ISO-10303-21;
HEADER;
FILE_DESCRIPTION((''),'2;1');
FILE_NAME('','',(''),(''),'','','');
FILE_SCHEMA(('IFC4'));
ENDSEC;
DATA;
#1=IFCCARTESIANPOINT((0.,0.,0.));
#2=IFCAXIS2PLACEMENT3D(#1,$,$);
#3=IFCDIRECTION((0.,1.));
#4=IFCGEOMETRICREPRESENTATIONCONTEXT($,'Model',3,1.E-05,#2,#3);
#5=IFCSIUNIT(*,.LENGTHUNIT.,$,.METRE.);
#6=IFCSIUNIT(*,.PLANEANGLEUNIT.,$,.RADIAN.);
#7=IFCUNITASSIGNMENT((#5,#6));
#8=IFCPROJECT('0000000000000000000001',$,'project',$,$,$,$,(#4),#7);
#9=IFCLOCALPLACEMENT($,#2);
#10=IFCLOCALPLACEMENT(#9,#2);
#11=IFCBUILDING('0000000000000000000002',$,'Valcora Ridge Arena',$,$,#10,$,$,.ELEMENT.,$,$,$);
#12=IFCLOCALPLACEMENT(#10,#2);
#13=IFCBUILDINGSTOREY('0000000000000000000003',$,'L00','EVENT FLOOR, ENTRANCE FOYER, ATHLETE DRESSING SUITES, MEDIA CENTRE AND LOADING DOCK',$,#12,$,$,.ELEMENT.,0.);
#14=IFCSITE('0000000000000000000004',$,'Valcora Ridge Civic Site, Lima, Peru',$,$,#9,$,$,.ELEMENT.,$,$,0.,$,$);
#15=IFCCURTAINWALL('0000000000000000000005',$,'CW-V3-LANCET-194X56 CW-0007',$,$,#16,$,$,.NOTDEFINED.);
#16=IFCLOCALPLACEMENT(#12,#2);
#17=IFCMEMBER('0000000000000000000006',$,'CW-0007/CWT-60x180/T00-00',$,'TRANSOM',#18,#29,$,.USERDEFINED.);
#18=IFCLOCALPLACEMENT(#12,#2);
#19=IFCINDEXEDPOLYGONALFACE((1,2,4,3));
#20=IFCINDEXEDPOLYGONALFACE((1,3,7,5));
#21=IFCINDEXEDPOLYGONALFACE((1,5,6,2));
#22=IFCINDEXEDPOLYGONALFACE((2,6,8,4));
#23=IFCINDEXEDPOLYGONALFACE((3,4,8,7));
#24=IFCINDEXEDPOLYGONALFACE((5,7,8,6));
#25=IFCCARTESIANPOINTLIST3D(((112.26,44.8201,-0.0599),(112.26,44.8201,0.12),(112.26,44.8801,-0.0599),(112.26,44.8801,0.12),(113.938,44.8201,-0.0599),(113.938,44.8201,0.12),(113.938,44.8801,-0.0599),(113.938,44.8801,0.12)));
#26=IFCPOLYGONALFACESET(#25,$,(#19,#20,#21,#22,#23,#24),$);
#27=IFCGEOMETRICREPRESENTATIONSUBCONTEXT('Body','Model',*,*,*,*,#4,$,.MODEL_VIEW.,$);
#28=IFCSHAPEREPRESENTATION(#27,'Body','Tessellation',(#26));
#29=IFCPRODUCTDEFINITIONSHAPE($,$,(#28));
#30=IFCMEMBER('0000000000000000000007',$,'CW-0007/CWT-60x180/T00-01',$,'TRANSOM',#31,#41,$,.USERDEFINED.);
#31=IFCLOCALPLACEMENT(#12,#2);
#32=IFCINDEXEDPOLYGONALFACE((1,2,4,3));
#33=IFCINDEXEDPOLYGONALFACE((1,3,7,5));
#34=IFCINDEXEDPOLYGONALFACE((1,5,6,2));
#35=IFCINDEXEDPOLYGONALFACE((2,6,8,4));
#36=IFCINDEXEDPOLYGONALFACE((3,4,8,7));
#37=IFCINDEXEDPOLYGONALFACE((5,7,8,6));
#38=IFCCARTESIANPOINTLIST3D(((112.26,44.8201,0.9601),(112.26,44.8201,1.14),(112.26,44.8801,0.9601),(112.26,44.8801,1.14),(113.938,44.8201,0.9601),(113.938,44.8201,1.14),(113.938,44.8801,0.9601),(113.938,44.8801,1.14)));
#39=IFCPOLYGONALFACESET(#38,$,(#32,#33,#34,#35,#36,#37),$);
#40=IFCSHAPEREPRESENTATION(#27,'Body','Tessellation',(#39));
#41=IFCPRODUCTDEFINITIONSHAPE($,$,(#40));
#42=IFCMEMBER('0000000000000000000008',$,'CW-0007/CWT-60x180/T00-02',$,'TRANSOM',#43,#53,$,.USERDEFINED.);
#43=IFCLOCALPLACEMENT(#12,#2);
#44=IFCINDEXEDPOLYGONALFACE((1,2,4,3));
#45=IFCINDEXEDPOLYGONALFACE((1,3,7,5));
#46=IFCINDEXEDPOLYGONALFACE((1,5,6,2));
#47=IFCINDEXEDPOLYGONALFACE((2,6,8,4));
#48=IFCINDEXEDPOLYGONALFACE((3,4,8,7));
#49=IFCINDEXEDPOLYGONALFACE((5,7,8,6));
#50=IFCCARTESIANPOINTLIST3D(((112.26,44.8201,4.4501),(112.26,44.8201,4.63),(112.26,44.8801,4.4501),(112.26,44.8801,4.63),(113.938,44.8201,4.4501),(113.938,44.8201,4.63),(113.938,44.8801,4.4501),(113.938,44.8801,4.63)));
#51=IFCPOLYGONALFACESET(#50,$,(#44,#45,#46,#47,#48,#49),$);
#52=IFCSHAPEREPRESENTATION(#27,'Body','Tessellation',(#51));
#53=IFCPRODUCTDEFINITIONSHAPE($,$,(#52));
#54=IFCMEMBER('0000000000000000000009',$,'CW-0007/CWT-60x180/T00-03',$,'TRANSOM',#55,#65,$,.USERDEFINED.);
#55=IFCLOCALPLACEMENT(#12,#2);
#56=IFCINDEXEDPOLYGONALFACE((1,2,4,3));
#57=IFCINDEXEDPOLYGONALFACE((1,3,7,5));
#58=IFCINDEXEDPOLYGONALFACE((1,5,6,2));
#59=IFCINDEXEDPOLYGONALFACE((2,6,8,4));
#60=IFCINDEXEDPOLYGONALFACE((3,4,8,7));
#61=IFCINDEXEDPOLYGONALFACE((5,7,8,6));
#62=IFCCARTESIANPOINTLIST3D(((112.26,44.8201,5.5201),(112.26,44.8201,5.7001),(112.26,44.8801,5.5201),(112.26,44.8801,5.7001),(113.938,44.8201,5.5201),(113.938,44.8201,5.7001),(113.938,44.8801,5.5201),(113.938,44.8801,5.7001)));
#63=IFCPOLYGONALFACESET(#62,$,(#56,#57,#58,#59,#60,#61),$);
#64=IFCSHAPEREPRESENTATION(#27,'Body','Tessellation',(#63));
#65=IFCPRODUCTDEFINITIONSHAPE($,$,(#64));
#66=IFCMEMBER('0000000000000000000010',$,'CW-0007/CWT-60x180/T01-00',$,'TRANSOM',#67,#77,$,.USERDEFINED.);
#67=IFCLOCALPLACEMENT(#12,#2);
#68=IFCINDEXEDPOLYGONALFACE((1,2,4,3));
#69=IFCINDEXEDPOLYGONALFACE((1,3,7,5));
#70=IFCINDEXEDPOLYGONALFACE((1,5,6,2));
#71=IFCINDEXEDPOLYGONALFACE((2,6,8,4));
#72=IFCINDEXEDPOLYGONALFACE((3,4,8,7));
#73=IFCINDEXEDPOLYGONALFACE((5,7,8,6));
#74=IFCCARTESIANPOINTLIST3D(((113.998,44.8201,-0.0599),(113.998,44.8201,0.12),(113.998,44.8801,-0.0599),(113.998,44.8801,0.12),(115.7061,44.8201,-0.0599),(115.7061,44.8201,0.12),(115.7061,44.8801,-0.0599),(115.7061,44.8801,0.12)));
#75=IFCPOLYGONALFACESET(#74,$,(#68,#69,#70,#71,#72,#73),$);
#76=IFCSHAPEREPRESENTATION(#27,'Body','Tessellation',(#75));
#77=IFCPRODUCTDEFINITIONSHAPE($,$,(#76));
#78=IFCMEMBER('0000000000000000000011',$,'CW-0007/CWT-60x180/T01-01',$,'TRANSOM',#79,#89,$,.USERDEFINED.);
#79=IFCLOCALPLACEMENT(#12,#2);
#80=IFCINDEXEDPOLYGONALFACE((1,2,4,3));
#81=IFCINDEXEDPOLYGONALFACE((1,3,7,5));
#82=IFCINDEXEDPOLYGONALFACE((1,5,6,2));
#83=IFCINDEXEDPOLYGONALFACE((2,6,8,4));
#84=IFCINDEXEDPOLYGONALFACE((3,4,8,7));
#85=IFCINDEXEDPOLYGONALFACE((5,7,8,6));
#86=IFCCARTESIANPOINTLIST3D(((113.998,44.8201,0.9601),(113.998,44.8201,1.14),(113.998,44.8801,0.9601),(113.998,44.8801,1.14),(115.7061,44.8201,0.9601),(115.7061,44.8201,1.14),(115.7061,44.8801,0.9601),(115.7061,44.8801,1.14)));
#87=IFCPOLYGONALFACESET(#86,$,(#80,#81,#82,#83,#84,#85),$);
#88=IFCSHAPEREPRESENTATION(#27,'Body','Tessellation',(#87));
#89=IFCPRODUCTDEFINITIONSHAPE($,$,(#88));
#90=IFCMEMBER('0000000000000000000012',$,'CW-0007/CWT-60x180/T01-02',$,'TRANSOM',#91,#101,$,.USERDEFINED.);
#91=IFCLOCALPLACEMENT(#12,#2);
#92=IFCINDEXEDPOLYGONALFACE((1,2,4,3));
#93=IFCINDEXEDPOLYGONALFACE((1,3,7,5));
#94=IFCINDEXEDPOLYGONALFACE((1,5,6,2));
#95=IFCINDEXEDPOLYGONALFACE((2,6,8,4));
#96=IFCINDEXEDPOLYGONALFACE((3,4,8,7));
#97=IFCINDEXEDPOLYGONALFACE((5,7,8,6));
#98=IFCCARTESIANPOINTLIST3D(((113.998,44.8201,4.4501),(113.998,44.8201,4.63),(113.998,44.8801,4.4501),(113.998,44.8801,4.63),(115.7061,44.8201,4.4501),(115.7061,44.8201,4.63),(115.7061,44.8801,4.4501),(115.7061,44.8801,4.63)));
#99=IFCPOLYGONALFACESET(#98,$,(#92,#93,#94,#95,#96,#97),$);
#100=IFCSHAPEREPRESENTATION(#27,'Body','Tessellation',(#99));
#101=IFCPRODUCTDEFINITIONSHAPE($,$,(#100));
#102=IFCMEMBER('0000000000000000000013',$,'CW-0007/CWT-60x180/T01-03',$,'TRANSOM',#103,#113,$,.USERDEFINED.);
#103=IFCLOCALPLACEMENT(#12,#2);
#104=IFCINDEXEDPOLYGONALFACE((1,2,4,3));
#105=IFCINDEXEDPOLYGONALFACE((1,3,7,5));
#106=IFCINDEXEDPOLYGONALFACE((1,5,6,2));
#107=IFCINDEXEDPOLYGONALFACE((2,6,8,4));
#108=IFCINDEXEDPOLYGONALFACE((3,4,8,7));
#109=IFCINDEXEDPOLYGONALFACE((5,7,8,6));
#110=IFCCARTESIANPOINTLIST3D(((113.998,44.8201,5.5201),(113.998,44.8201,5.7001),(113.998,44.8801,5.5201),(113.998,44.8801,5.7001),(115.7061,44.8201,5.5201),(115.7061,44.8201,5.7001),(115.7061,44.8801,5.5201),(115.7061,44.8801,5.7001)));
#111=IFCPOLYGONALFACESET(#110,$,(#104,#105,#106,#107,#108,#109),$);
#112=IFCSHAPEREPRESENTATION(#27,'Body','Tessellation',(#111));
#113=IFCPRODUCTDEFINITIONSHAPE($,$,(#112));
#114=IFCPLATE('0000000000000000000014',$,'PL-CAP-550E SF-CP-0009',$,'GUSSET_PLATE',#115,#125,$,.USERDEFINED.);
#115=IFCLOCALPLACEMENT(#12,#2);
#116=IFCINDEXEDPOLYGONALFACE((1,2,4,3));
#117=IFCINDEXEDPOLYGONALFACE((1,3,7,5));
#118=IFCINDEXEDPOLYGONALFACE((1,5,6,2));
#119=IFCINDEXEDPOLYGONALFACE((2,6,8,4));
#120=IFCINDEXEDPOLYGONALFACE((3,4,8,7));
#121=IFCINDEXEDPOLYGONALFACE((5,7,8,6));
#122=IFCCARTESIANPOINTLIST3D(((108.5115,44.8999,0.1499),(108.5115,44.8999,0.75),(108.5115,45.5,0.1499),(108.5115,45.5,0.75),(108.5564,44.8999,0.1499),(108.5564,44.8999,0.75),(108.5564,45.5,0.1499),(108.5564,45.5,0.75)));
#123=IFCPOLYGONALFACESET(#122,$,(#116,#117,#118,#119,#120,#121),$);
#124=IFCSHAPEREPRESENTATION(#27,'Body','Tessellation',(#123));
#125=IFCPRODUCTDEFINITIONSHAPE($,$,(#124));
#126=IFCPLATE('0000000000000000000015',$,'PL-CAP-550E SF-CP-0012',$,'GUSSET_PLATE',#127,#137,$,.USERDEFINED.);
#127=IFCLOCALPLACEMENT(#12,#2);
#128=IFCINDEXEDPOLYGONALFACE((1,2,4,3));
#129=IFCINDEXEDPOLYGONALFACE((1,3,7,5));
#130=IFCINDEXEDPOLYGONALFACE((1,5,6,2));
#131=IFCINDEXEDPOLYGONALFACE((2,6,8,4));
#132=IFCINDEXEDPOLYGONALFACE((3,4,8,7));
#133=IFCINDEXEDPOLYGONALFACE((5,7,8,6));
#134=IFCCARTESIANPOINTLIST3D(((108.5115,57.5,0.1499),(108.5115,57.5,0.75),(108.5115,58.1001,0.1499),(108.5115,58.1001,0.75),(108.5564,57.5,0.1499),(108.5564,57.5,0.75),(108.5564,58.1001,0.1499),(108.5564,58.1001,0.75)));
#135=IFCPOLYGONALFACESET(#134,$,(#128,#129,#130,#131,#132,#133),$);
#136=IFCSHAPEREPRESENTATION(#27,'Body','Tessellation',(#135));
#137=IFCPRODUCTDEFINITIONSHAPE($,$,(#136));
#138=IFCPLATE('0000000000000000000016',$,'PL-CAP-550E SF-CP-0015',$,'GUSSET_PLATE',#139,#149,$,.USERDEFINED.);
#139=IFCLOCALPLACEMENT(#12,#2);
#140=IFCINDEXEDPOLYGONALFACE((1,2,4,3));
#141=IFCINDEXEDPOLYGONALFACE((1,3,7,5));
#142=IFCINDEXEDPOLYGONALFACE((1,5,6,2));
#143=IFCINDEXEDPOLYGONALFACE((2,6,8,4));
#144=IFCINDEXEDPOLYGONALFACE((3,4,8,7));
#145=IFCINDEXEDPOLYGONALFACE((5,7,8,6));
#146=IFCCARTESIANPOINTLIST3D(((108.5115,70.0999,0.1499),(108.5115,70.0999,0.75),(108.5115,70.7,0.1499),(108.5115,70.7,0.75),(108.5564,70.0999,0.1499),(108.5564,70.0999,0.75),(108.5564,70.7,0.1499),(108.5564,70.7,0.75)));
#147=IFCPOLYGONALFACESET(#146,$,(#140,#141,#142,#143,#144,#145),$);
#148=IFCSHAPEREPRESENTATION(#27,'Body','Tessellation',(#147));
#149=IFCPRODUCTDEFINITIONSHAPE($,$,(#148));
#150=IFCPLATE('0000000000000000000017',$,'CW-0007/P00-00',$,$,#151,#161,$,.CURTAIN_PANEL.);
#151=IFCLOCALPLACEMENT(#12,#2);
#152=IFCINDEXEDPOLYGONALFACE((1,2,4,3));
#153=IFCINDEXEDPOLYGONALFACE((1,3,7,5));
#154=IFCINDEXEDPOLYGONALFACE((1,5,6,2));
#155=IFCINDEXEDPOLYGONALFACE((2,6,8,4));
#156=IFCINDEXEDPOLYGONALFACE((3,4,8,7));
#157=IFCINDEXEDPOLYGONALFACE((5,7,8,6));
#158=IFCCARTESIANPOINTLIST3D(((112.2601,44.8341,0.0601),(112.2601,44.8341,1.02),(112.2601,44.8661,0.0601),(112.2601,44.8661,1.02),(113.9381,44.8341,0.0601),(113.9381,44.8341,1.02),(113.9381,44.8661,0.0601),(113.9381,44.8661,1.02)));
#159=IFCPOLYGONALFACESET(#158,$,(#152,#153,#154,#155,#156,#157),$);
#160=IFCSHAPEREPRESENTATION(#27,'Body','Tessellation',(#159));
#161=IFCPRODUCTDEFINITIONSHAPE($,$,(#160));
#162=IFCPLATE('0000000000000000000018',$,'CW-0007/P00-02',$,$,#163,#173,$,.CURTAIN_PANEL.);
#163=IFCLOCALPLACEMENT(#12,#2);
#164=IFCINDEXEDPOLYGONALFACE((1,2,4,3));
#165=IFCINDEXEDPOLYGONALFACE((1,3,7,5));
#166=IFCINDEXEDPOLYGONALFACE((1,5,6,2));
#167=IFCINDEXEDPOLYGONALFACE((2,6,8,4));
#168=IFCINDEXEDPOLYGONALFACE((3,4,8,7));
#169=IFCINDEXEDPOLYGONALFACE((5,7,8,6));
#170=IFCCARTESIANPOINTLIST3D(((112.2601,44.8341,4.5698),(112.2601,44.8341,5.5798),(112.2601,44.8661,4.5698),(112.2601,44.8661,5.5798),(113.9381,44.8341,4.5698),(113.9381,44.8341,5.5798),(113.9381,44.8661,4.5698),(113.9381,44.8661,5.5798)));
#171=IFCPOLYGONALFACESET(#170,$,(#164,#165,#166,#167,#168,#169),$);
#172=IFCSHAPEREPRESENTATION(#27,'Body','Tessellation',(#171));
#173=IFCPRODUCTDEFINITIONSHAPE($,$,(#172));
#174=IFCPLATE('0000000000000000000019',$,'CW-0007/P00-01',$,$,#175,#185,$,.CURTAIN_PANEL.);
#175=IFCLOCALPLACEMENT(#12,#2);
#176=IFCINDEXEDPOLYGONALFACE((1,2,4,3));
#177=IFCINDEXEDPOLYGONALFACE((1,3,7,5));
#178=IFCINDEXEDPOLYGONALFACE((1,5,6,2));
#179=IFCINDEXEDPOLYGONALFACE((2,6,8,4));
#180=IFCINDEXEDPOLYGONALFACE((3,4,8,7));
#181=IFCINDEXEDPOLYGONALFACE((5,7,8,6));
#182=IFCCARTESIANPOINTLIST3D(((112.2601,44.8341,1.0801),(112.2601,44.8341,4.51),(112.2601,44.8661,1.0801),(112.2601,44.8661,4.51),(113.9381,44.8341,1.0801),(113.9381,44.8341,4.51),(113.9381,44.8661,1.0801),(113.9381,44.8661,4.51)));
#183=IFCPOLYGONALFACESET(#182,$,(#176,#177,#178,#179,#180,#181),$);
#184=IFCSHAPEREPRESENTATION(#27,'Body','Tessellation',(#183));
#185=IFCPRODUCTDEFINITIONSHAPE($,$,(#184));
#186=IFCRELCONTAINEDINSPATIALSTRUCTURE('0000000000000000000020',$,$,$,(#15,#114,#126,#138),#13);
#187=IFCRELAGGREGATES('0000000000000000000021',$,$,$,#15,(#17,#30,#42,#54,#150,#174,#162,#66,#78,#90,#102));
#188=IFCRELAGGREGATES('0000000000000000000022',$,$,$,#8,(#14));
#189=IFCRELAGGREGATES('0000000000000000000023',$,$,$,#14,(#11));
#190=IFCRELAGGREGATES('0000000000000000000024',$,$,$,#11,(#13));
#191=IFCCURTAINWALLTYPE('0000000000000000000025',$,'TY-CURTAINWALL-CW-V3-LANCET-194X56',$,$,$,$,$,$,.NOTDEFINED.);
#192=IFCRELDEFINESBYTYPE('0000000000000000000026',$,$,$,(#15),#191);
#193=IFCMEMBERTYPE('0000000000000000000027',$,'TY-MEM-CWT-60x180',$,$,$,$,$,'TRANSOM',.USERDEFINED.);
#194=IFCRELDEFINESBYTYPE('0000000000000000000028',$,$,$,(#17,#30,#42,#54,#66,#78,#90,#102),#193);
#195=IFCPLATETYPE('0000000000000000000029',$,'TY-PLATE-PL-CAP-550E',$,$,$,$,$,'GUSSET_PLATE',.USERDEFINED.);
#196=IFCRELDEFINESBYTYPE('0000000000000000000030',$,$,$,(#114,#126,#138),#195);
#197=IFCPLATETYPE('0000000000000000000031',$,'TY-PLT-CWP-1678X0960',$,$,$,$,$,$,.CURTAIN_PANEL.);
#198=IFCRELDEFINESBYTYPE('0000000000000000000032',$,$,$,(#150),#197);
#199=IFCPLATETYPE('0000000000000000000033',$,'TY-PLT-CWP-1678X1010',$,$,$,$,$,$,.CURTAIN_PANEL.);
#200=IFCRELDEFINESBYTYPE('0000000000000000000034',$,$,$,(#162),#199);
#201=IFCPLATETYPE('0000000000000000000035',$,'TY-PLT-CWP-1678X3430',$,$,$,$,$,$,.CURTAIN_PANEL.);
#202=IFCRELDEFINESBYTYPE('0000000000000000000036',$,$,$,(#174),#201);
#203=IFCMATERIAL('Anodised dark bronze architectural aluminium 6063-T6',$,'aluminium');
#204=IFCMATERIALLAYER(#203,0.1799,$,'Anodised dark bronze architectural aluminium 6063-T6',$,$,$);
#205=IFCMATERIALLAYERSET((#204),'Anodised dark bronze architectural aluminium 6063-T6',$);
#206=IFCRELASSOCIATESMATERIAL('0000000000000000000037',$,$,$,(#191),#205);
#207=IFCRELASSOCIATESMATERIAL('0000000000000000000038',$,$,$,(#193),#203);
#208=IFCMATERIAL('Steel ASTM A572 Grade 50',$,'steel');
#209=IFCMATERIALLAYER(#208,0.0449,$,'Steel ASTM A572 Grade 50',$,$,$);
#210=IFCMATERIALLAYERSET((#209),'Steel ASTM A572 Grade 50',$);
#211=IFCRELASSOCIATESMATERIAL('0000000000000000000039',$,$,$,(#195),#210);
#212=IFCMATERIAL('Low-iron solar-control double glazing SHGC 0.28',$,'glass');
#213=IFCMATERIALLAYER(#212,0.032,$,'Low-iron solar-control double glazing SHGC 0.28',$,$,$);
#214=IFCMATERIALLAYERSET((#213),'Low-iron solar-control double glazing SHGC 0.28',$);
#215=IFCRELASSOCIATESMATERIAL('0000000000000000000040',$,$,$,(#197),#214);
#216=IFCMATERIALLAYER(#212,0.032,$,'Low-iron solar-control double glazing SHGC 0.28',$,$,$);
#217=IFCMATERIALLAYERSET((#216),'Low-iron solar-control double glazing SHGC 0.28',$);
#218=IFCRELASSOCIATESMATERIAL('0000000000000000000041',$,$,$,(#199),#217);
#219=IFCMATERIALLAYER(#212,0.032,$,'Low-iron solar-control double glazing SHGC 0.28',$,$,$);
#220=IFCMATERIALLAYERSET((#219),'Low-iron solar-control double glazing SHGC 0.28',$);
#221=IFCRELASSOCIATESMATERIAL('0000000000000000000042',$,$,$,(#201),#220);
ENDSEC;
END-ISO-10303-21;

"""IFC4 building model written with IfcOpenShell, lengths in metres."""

from ifc_helpers import new_model, si_unit, direction, frame, origin, origin_2d, place, context, subcontext, project, spatial, rectangle, extrude, material, layer, layer_set, material_profile, profile_set, type_object, element, aggregate, save


model = new_model("IFC4")

# Units and contexts
model_context = context("Model", 3, precision=1e-05, world=origin(), true_north=direction((0.0, 1.0)))
body_context = subcontext(model_context, "Body", "Model", "MODEL_VIEW")
ifc_project = project(units=[si_unit("LENGTHUNIT", "METRE"), si_unit("PLANEANGLEUNIT", "RADIAN")], contexts=[model_context])

# Site, building, storey
site_placement = place(None, origin())
site = spatial("IfcSite", under=ifc_project, at=site_placement, Name="Valcora Ridge Civic Site, Lima, Peru", CompositionType="ELEMENT", RefElevation=0.0)
building_placement = place(site_placement, origin())
building = spatial("IfcBuilding", under=site, at=building_placement, Name="Valcora Ridge Arena", CompositionType="ELEMENT")
storey_placement = place(building_placement, origin())
storey = spatial("IfcBuildingStorey", under=building, at=storey_placement, Name="L00", Description="EVENT FLOOR, ENTRANCE FOYER, ATHLETE DRESSING SUITES, MEDIA CENTRE AND LOADING DOCK", CompositionType="ELEMENT", Elevation=0.0)

# Curtain wall
ifc_material_1 = material(Name="Anodised dark bronze architectural aluminium 6063-T6", Category="aluminium")
ifc_layer_1 = layer(ifc_material_1, 0.1799, Name="Anodised dark bronze architectural aluminium 6063-T6")
ifc_layer_set_1 = layer_set([ifc_layer_1], Name="Anodised dark bronze architectural aluminium 6063-T6")
curtain_wall_type_1 = type_object("IfcCurtainWallType", Name="TY-CURTAINWALL-CW-V3-LANCET-194X56", PredefinedType="NOTDEFINED", material=ifc_layer_set_1)
curtain_wall_1_placement = place(storey_placement, origin())
curtain_wall_1 = element("IfcCurtainWall", 1, at=curtain_wall_1_placement, inside=storey, type_object=curtain_wall_type_1, Name="CW-V3-LANCET-194X56 CW-0007", PredefinedType="NOTDEFINED")

# Members
ifc_material_profile_1 = material_profile(ifc_material_1, rectangle(XDim=0.0601, YDim=0.1799, at=origin_2d()), Name="ALU TRANSOM 60x180")
ifc_profile_set_1 = profile_set([ifc_material_profile_1], Name="Anodised dark bronze architectural aluminium 6063-T6")
member_type_1 = type_object("IfcMemberType", Name="TY-MEM-CWT-60x180", ElementType="TRANSOM", PredefinedType="USERDEFINED", material=ifc_profile_set_1)
member_1_placement = place(storey_placement, frame((112.26, 44.8501, 0.03), z_axis=(1.0, 0.0, 0.0), x_axis=(0.0, 1.0, 0.0)))
member_1 = element("IfcMember", 2, at=member_1_placement, type_object=member_type_1, Name="CW-0007/CWT-60x180/T00-00", ObjectType="TRANSOM", PredefinedType="USERDEFINED", context=body_context, shape_type="SweptSolid", body=[
    extrude(rectangle(XDim=0.0601, YDim=0.1799, at=origin_2d()), origin(), (0.0, 0.0, 1.0), 1.678),
])
member_2_placement = place(storey_placement, frame((112.26, 44.8501, 1.05), z_axis=(1.0, 0.0, 0.0), x_axis=(0.0, 1.0, 0.0)))
member_2 = element("IfcMember", 3, at=member_2_placement, type_object=member_type_1, Name="CW-0007/CWT-60x180/T00-01", ObjectType="TRANSOM", PredefinedType="USERDEFINED", context=body_context, shape_type="SweptSolid", body=[
    extrude(rectangle(XDim=0.0601, YDim=0.1799, at=origin_2d()), origin(), (0.0, 0.0, 1.0), 1.678),
])
member_3_placement = place(storey_placement, frame((112.26, 44.8501, 4.54), z_axis=(1.0, 0.0, 0.0), x_axis=(0.0, 1.0, 0.0)))
member_3 = element("IfcMember", 4, at=member_3_placement, type_object=member_type_1, Name="CW-0007/CWT-60x180/T00-02", ObjectType="TRANSOM", PredefinedType="USERDEFINED", context=body_context, shape_type="SweptSolid", body=[
    extrude(rectangle(XDim=0.0601, YDim=0.1799, at=origin_2d()), origin(), (0.0, 0.0, 1.0), 1.678),
])
member_4_placement = place(storey_placement, frame((112.26, 44.8501, 5.6101), z_axis=(1.0, 0.0, 0.0), x_axis=(0.0, 1.0, 0.0)))
member_4 = element("IfcMember", 5, at=member_4_placement, type_object=member_type_1, Name="CW-0007/CWT-60x180/T00-03", ObjectType="TRANSOM", PredefinedType="USERDEFINED", context=body_context, shape_type="SweptSolid", body=[
    extrude(rectangle(XDim=0.0601, YDim=0.1799, at=origin_2d()), origin(), (0.0, 0.0, 1.0), 1.678),
])
member_5_placement = place(storey_placement, frame((113.998, 44.8501, 0.03), z_axis=(1.0, 0.0, 0.0), x_axis=(0.0, 1.0, 0.0)))
member_5 = element("IfcMember", 6, at=member_5_placement, type_object=member_type_1, Name="CW-0007/CWT-60x180/T01-00", ObjectType="TRANSOM", PredefinedType="USERDEFINED", context=body_context, shape_type="SweptSolid", body=[
    extrude(rectangle(XDim=0.0601, YDim=0.1799, at=origin_2d()), origin(), (0.0, 0.0, 1.0), 1.708),
])
member_6_placement = place(storey_placement, frame((113.998, 44.8501, 1.05), z_axis=(1.0, 0.0, 0.0), x_axis=(0.0, 1.0, 0.0)))
member_6 = element("IfcMember", 7, at=member_6_placement, type_object=member_type_1, Name="CW-0007/CWT-60x180/T01-01", ObjectType="TRANSOM", PredefinedType="USERDEFINED", context=body_context, shape_type="SweptSolid", body=[
    extrude(rectangle(XDim=0.0601, YDim=0.1799, at=origin_2d()), origin(), (0.0, 0.0, 1.0), 1.708),
])
member_7_placement = place(storey_placement, frame((113.998, 44.8501, 4.54), z_axis=(1.0, 0.0, 0.0), x_axis=(0.0, 1.0, 0.0)))
member_7 = element("IfcMember", 8, at=member_7_placement, type_object=member_type_1, Name="CW-0007/CWT-60x180/T01-02", ObjectType="TRANSOM", PredefinedType="USERDEFINED", context=body_context, shape_type="SweptSolid", body=[
    extrude(rectangle(XDim=0.0601, YDim=0.1799, at=origin_2d()), origin(), (0.0, 0.0, 1.0), 1.708),
])
member_8_placement = place(storey_placement, frame((113.998, 44.8501, 5.6101), z_axis=(1.0, 0.0, 0.0), x_axis=(0.0, 1.0, 0.0)))
member_8 = element("IfcMember", 9, at=member_8_placement, type_object=member_type_1, Name="CW-0007/CWT-60x180/T01-03", ObjectType="TRANSOM", PredefinedType="USERDEFINED", context=body_context, shape_type="SweptSolid", body=[
    extrude(rectangle(XDim=0.0601, YDim=0.1799, at=origin_2d()), origin(), (0.0, 0.0, 1.0), 1.708),
])

# Plates
ifc_material_2 = material(Name="Steel ASTM A572 Grade 50", Category="steel")
ifc_layer_2 = layer(ifc_material_2, 0.0449, Name="Steel ASTM A572 Grade 50")
ifc_layer_set_2 = layer_set([ifc_layer_2], Name="Steel ASTM A572 Grade 50")
plate_type_1 = type_object("IfcPlateType", Name="TY-PLATE-PL-CAP-550E", ElementType="GUSSET_PLATE", PredefinedType="USERDEFINED", material=ifc_layer_set_2)
for number, where, z_axis, x_axis, name in (
    (10, (108.5339, 45.2, 0.1499), (0.0, 0.0, 1.0), (1.0, 0.0, 0.0), "PL-CAP-550E SF-CP-0009"),
    (11, (108.5339, 57.8, 0.1499), (0.0, 0.0, 1.0), (1.0, 0.0, 0.0), "PL-CAP-550E SF-CP-0012"),
    (12, (108.5339, 70.3999, 0.1499), (0.0, 0.0, 1.0), (1.0, 0.0, 0.0), "PL-CAP-550E SF-CP-0015"),
):
    element("IfcPlate", number, at=place(storey_placement, frame(where, z_axis=z_axis, x_axis=x_axis)), inside=storey, type_object=plate_type_1, Name=name, ObjectType="GUSSET_PLATE", PredefinedType="USERDEFINED", context=body_context, shape_type="SweptSolid", body=[
        extrude(rectangle(XDim=0.0449, YDim=0.6001, at=origin_2d()), origin(), (0.0, 0.0, 1.0), 0.6001),
    ])

# Plates
ifc_material_3 = material(Name="Low-iron solar-control double glazing SHGC 0.28", Category="glass")
ifc_layer_3 = layer(ifc_material_3, 0.032, Name="Low-iron solar-control double glazing SHGC 0.28")
ifc_layer_set_3 = layer_set([ifc_layer_3], Name="Low-iron solar-control double glazing SHGC 0.28")
plate_type_2 = type_object("IfcPlateType", Name="TY-PLT-CWP-1678X0960", PredefinedType="CURTAIN_PANEL", material=ifc_layer_set_3)
plate_1_placement = place(storey_placement, frame((113.0991, 44.8501, 0.0601), z_axis=(0.0, 0.0, 1.0), x_axis=(1.0, 0.0, 0.0)))
plate_1 = element("IfcPlate", 13, at=plate_1_placement, type_object=plate_type_2, Name="CW-0007/P00-00", PredefinedType="CURTAIN_PANEL", context=body_context, shape_type="SweptSolid", body=[
    extrude(rectangle(XDim=1.678, YDim=0.032, at=origin_2d()), origin(), (0.0, 0.0, 1.0), 0.96),
])
ifc_layer_4 = layer(ifc_material_3, 0.032, Name="Low-iron solar-control double glazing SHGC 0.28")
ifc_layer_set_4 = layer_set([ifc_layer_4], Name="Low-iron solar-control double glazing SHGC 0.28")
plate_type_3 = type_object("IfcPlateType", Name="TY-PLT-CWP-1678X1010", PredefinedType="CURTAIN_PANEL", material=ifc_layer_set_4)
plate_2_placement = place(storey_placement, frame((113.0991, 44.8501, 4.5698), z_axis=(0.0, 0.0, 1.0), x_axis=(1.0, 0.0, 0.0)))
plate_2 = element("IfcPlate", 14, at=plate_2_placement, type_object=plate_type_3, Name="CW-0007/P00-02", PredefinedType="CURTAIN_PANEL", context=body_context, shape_type="SweptSolid", body=[
    extrude(rectangle(XDim=1.678, YDim=0.032, at=origin_2d()), origin(), (0.0, 0.0, 1.0), 1.01),
])
ifc_layer_5 = layer(ifc_material_3, 0.032, Name="Low-iron solar-control double glazing SHGC 0.28")
ifc_layer_set_5 = layer_set([ifc_layer_5], Name="Low-iron solar-control double glazing SHGC 0.28")
plate_type_4 = type_object("IfcPlateType", Name="TY-PLT-CWP-1678X3430", PredefinedType="CURTAIN_PANEL", material=ifc_layer_set_5)
plate_3_placement = place(storey_placement, frame((113.0991, 44.8501, 1.0801), z_axis=(0.0, 0.0, 1.0), x_axis=(1.0, 0.0, 0.0)))
plate_3 = element("IfcPlate", 15, at=plate_3_placement, type_object=plate_type_4, Name="CW-0007/P00-01", PredefinedType="CURTAIN_PANEL", context=body_context, shape_type="SweptSolid", body=[
    extrude(rectangle(XDim=1.678, YDim=0.032, at=origin_2d()), origin(), (0.0, 0.0, 1.0), 3.4299),
])
aggregate(curtain_wall_1, [member_1, member_2, member_3, member_4, plate_1, plate_3, plate_2, member_5, member_6, member_7, member_8])

save(model, "model.ifc")
